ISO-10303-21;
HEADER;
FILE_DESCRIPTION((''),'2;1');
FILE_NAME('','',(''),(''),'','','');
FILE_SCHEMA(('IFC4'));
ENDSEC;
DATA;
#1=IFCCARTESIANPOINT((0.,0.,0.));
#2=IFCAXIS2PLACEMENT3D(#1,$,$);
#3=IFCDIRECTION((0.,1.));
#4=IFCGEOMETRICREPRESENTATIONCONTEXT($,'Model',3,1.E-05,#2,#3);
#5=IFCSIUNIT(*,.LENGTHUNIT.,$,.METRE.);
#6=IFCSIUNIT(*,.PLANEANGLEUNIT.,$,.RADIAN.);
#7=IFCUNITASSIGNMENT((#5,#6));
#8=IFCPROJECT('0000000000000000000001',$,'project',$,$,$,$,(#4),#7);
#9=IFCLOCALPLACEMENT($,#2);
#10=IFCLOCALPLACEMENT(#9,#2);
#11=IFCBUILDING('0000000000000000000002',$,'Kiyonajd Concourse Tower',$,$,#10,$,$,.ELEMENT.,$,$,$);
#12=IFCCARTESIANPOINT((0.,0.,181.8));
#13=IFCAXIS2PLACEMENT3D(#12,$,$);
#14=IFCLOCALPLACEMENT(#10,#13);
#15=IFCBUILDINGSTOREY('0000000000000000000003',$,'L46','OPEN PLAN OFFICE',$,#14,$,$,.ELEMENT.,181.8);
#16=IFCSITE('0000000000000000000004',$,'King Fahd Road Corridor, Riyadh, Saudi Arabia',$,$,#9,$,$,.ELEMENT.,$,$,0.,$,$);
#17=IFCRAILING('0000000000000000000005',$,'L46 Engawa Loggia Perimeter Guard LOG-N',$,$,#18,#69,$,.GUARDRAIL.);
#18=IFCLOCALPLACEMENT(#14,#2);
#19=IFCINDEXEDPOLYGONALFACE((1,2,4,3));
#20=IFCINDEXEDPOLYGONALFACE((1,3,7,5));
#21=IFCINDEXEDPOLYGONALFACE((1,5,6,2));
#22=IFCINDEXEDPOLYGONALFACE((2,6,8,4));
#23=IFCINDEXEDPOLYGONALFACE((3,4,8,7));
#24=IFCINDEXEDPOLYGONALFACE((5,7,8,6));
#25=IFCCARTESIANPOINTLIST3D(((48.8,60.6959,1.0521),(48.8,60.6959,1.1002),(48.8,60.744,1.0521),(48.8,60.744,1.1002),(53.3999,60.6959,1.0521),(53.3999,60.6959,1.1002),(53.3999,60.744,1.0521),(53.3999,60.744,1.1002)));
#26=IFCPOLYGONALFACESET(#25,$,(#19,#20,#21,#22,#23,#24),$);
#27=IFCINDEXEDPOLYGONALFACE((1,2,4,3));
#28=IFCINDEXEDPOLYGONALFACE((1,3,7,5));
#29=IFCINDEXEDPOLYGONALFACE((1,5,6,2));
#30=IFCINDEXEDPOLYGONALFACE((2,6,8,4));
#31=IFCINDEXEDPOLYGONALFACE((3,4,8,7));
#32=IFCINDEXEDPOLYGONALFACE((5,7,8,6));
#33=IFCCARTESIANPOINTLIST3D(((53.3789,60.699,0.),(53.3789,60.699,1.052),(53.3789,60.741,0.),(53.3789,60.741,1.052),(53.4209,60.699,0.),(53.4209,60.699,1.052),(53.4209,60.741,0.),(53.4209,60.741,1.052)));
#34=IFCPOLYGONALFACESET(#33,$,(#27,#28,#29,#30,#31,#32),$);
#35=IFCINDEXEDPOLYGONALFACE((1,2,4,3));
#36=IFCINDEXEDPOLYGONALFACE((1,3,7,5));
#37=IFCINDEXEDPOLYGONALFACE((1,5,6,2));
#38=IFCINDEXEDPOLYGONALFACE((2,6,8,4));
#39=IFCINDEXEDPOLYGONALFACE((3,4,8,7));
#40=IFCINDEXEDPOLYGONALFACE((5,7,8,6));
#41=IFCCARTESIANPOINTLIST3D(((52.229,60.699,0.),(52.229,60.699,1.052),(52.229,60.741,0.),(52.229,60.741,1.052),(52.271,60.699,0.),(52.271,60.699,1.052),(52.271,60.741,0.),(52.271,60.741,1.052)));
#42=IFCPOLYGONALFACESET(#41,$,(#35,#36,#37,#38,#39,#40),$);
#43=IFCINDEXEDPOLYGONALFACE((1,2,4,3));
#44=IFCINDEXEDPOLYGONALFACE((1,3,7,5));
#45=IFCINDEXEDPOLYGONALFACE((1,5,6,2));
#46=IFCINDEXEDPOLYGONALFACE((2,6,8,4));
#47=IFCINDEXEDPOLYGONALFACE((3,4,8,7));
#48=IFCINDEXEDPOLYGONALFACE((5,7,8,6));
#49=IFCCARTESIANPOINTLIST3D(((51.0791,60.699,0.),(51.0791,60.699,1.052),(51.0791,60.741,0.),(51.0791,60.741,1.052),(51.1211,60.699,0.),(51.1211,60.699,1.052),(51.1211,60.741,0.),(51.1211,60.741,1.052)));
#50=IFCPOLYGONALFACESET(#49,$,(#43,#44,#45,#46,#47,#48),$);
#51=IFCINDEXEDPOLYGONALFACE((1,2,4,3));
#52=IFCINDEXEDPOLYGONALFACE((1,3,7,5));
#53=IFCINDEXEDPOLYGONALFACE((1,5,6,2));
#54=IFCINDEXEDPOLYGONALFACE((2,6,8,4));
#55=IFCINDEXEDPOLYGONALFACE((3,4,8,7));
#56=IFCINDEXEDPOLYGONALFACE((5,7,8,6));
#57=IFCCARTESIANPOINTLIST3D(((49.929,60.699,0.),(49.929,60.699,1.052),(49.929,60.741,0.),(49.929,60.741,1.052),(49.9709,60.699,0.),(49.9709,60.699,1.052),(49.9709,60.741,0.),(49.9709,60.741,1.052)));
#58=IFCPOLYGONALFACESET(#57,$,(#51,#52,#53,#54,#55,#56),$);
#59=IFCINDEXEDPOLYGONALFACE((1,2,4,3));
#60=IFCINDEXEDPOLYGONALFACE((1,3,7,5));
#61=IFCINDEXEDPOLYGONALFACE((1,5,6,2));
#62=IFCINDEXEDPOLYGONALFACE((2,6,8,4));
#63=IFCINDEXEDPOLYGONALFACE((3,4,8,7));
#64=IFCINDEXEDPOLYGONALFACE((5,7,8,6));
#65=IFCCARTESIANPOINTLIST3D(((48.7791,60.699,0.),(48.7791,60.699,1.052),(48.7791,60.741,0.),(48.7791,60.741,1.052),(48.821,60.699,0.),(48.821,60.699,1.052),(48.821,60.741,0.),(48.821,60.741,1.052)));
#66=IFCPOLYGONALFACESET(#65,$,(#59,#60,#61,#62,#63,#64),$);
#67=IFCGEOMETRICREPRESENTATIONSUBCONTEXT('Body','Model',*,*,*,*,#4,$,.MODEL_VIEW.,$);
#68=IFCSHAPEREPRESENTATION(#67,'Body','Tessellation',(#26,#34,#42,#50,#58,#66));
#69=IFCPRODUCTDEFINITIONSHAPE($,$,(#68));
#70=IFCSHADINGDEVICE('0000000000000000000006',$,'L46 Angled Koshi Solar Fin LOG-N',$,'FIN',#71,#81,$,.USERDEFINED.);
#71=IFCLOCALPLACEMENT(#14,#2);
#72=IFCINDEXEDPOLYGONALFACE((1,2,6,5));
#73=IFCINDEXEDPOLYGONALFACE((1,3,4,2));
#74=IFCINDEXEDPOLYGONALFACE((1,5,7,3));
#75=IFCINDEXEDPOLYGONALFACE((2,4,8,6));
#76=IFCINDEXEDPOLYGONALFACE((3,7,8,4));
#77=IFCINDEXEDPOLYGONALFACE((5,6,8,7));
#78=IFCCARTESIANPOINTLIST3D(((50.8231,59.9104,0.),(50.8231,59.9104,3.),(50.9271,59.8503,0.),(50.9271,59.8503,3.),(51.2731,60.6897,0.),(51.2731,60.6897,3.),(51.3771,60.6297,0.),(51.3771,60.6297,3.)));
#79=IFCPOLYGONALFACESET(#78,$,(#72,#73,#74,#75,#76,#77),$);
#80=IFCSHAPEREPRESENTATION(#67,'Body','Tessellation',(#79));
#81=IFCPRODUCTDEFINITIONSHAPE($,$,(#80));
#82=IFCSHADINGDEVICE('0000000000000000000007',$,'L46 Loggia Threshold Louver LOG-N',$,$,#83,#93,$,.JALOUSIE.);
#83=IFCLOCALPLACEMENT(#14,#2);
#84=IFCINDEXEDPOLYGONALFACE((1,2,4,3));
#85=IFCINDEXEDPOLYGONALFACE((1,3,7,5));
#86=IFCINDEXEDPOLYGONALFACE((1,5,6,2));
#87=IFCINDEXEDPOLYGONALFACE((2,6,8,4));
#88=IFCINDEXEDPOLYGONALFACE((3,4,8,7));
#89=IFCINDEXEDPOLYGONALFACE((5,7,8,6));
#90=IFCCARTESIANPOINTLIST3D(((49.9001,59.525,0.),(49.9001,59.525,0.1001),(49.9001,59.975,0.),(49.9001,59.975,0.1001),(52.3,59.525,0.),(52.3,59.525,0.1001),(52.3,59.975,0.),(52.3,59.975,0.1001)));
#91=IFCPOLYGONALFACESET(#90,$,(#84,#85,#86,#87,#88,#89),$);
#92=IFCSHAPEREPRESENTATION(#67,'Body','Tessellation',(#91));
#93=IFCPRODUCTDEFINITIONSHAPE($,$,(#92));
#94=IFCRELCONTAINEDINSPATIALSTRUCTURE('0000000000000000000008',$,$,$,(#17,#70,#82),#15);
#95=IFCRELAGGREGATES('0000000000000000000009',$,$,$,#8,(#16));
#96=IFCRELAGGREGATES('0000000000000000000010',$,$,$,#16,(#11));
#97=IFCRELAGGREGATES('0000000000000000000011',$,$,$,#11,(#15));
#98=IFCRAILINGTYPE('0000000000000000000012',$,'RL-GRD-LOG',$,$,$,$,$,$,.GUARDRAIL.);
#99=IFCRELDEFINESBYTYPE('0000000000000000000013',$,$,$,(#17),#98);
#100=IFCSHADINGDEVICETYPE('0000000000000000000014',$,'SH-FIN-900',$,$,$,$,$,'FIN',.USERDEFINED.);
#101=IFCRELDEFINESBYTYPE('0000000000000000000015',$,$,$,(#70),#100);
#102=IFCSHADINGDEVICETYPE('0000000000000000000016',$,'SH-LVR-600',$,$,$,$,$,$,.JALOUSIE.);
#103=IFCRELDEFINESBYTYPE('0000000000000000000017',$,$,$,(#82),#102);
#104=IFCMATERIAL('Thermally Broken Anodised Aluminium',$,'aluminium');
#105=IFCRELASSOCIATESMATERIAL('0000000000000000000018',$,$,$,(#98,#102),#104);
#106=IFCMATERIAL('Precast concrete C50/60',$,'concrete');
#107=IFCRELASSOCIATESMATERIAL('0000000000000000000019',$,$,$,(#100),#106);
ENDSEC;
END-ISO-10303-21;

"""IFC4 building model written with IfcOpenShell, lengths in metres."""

from ifc_helpers import new_model, si_unit, direction, frame, origin, origin_2d, place, context, subcontext, project, spatial, rectangle, extrude, material, type_object, element, save


model = new_model("IFC4")

# Units and contexts
model_context = context("Model", 3, precision=1e-05, world=origin(), true_north=direction((0.0, 1.0)))
body_context = subcontext(model_context, "Body", "Model", "MODEL_VIEW")
ifc_project = project(units=[si_unit("LENGTHUNIT", "METRE"), si_unit("PLANEANGLEUNIT", "RADIAN")], contexts=[model_context])

# Site, building, storey
site_placement = place(None, origin())
site = spatial("IfcSite", under=ifc_project, at=site_placement, Name="King Fahd Road Corridor, Riyadh, Saudi Arabia", CompositionType="ELEMENT", RefElevation=0.0)
building_placement = place(site_placement, origin())
building = spatial("IfcBuilding", under=site, at=building_placement, Name="Kiyonajd Concourse Tower", CompositionType="ELEMENT")
storey_placement = place(building_placement, frame((0.0, 0.0, 181.8)))
storey = spatial("IfcBuildingStorey", under=building, at=storey_placement, Name="L46", Description="OPEN PLAN OFFICE", CompositionType="ELEMENT", Elevation=181.8)

# Shared definitions
ifc_material_1 = material(Name="Thermally Broken Anodised Aluminium", Category="aluminium")

# Shared definitions
ifc_material_2 = material(Name="Precast concrete C50/60", Category="concrete")

# Railing
railing_type = type_object("IfcRailingType", Name="RL-GRD-LOG", PredefinedType="GUARDRAIL", material=ifc_material_1)
railing_placement = place(storey_placement, frame((53.3999, 60.72, 0.0)))
element("IfcRailing", 1, at=railing_placement, inside=storey, type_object=railing_type, Name="L46 Engawa Loggia Perimeter Guard LOG-N", PredefinedType="GUARDRAIL", context=body_context, shape_type="SweptSolid", body=[
    extrude(rectangle(XDim=0.0481, YDim=0.0481, at=origin_2d()), frame((0.0, 0.0, 1.0762), z_axis=(-1.0, 0.0, 0.0), x_axis=(0.0, -1.0, 0.0)), (0.0, 0.0, 1.0), 4.5999),
    extrude(rectangle(XDim=0.042, YDim=0.042, at=origin_2d()), origin(), (0.0, 0.0, 1.0), 1.052),
    extrude(rectangle(XDim=0.042, YDim=0.042, at=origin_2d()), frame((-1.1499, 0.0, 0.0)), (0.0, 0.0, 1.0), 1.052),
    extrude(rectangle(XDim=0.042, YDim=0.042, at=origin_2d()), frame((-2.2998, 0.0, 0.0)), (0.0, 0.0, 1.0), 1.052),
    extrude(rectangle(XDim=0.042, YDim=0.042, at=origin_2d()), frame((-3.45, 0.0, 0.0)), (0.0, 0.0, 1.0), 1.052),
    extrude(rectangle(XDim=0.042, YDim=0.042, at=origin_2d()), frame((-4.5999, 0.0, 0.0)), (0.0, 0.0, 1.0), 1.052),
])

# Shading devices
shading_device_type_1 = type_object("IfcShadingDeviceType", Name="SH-FIN-900", ElementType="FIN", PredefinedType="USERDEFINED", material=ifc_material_2)
shading_device_1_placement = place(storey_placement, frame((51.1001, 60.27, 0.0), z_axis=(0.0, 0.0, 1.0), x_axis=(0.5, 0.866025, 0.0)))
element("IfcShadingDevice", 2, at=shading_device_1_placement, inside=storey, type_object=shading_device_type_1, Name="L46 Angled Koshi Solar Fin LOG-N", ObjectType="FIN", PredefinedType="USERDEFINED", context=body_context, shape_type="SweptSolid", body=[
    extrude(rectangle(XDim=0.8999, YDim=0.1201, at=origin_2d()), origin(), (0.0, 0.0, 1.0), 3.0),
])
shading_device_type_2 = type_object("IfcShadingDeviceType", Name="SH-LVR-600", PredefinedType="JALOUSIE", material=ifc_material_1)
shading_device_2_placement = place(storey_placement, frame((51.1001, 59.75, 0.0), z_axis=(0.0, 0.0, 1.0), x_axis=(1.0, 0.0, 0.0)))
element("IfcShadingDevice", 3, at=shading_device_2_placement, inside=storey, type_object=shading_device_type_2, Name="L46 Loggia Threshold Louver LOG-N", PredefinedType="JALOUSIE", context=body_context, shape_type="SweptSolid", body=[
    extrude(rectangle(XDim=2.3999, YDim=0.45, at=origin_2d()), origin(), (0.0, 0.0, 1.0), 0.1001),
])

save(model, "model.ifc")
